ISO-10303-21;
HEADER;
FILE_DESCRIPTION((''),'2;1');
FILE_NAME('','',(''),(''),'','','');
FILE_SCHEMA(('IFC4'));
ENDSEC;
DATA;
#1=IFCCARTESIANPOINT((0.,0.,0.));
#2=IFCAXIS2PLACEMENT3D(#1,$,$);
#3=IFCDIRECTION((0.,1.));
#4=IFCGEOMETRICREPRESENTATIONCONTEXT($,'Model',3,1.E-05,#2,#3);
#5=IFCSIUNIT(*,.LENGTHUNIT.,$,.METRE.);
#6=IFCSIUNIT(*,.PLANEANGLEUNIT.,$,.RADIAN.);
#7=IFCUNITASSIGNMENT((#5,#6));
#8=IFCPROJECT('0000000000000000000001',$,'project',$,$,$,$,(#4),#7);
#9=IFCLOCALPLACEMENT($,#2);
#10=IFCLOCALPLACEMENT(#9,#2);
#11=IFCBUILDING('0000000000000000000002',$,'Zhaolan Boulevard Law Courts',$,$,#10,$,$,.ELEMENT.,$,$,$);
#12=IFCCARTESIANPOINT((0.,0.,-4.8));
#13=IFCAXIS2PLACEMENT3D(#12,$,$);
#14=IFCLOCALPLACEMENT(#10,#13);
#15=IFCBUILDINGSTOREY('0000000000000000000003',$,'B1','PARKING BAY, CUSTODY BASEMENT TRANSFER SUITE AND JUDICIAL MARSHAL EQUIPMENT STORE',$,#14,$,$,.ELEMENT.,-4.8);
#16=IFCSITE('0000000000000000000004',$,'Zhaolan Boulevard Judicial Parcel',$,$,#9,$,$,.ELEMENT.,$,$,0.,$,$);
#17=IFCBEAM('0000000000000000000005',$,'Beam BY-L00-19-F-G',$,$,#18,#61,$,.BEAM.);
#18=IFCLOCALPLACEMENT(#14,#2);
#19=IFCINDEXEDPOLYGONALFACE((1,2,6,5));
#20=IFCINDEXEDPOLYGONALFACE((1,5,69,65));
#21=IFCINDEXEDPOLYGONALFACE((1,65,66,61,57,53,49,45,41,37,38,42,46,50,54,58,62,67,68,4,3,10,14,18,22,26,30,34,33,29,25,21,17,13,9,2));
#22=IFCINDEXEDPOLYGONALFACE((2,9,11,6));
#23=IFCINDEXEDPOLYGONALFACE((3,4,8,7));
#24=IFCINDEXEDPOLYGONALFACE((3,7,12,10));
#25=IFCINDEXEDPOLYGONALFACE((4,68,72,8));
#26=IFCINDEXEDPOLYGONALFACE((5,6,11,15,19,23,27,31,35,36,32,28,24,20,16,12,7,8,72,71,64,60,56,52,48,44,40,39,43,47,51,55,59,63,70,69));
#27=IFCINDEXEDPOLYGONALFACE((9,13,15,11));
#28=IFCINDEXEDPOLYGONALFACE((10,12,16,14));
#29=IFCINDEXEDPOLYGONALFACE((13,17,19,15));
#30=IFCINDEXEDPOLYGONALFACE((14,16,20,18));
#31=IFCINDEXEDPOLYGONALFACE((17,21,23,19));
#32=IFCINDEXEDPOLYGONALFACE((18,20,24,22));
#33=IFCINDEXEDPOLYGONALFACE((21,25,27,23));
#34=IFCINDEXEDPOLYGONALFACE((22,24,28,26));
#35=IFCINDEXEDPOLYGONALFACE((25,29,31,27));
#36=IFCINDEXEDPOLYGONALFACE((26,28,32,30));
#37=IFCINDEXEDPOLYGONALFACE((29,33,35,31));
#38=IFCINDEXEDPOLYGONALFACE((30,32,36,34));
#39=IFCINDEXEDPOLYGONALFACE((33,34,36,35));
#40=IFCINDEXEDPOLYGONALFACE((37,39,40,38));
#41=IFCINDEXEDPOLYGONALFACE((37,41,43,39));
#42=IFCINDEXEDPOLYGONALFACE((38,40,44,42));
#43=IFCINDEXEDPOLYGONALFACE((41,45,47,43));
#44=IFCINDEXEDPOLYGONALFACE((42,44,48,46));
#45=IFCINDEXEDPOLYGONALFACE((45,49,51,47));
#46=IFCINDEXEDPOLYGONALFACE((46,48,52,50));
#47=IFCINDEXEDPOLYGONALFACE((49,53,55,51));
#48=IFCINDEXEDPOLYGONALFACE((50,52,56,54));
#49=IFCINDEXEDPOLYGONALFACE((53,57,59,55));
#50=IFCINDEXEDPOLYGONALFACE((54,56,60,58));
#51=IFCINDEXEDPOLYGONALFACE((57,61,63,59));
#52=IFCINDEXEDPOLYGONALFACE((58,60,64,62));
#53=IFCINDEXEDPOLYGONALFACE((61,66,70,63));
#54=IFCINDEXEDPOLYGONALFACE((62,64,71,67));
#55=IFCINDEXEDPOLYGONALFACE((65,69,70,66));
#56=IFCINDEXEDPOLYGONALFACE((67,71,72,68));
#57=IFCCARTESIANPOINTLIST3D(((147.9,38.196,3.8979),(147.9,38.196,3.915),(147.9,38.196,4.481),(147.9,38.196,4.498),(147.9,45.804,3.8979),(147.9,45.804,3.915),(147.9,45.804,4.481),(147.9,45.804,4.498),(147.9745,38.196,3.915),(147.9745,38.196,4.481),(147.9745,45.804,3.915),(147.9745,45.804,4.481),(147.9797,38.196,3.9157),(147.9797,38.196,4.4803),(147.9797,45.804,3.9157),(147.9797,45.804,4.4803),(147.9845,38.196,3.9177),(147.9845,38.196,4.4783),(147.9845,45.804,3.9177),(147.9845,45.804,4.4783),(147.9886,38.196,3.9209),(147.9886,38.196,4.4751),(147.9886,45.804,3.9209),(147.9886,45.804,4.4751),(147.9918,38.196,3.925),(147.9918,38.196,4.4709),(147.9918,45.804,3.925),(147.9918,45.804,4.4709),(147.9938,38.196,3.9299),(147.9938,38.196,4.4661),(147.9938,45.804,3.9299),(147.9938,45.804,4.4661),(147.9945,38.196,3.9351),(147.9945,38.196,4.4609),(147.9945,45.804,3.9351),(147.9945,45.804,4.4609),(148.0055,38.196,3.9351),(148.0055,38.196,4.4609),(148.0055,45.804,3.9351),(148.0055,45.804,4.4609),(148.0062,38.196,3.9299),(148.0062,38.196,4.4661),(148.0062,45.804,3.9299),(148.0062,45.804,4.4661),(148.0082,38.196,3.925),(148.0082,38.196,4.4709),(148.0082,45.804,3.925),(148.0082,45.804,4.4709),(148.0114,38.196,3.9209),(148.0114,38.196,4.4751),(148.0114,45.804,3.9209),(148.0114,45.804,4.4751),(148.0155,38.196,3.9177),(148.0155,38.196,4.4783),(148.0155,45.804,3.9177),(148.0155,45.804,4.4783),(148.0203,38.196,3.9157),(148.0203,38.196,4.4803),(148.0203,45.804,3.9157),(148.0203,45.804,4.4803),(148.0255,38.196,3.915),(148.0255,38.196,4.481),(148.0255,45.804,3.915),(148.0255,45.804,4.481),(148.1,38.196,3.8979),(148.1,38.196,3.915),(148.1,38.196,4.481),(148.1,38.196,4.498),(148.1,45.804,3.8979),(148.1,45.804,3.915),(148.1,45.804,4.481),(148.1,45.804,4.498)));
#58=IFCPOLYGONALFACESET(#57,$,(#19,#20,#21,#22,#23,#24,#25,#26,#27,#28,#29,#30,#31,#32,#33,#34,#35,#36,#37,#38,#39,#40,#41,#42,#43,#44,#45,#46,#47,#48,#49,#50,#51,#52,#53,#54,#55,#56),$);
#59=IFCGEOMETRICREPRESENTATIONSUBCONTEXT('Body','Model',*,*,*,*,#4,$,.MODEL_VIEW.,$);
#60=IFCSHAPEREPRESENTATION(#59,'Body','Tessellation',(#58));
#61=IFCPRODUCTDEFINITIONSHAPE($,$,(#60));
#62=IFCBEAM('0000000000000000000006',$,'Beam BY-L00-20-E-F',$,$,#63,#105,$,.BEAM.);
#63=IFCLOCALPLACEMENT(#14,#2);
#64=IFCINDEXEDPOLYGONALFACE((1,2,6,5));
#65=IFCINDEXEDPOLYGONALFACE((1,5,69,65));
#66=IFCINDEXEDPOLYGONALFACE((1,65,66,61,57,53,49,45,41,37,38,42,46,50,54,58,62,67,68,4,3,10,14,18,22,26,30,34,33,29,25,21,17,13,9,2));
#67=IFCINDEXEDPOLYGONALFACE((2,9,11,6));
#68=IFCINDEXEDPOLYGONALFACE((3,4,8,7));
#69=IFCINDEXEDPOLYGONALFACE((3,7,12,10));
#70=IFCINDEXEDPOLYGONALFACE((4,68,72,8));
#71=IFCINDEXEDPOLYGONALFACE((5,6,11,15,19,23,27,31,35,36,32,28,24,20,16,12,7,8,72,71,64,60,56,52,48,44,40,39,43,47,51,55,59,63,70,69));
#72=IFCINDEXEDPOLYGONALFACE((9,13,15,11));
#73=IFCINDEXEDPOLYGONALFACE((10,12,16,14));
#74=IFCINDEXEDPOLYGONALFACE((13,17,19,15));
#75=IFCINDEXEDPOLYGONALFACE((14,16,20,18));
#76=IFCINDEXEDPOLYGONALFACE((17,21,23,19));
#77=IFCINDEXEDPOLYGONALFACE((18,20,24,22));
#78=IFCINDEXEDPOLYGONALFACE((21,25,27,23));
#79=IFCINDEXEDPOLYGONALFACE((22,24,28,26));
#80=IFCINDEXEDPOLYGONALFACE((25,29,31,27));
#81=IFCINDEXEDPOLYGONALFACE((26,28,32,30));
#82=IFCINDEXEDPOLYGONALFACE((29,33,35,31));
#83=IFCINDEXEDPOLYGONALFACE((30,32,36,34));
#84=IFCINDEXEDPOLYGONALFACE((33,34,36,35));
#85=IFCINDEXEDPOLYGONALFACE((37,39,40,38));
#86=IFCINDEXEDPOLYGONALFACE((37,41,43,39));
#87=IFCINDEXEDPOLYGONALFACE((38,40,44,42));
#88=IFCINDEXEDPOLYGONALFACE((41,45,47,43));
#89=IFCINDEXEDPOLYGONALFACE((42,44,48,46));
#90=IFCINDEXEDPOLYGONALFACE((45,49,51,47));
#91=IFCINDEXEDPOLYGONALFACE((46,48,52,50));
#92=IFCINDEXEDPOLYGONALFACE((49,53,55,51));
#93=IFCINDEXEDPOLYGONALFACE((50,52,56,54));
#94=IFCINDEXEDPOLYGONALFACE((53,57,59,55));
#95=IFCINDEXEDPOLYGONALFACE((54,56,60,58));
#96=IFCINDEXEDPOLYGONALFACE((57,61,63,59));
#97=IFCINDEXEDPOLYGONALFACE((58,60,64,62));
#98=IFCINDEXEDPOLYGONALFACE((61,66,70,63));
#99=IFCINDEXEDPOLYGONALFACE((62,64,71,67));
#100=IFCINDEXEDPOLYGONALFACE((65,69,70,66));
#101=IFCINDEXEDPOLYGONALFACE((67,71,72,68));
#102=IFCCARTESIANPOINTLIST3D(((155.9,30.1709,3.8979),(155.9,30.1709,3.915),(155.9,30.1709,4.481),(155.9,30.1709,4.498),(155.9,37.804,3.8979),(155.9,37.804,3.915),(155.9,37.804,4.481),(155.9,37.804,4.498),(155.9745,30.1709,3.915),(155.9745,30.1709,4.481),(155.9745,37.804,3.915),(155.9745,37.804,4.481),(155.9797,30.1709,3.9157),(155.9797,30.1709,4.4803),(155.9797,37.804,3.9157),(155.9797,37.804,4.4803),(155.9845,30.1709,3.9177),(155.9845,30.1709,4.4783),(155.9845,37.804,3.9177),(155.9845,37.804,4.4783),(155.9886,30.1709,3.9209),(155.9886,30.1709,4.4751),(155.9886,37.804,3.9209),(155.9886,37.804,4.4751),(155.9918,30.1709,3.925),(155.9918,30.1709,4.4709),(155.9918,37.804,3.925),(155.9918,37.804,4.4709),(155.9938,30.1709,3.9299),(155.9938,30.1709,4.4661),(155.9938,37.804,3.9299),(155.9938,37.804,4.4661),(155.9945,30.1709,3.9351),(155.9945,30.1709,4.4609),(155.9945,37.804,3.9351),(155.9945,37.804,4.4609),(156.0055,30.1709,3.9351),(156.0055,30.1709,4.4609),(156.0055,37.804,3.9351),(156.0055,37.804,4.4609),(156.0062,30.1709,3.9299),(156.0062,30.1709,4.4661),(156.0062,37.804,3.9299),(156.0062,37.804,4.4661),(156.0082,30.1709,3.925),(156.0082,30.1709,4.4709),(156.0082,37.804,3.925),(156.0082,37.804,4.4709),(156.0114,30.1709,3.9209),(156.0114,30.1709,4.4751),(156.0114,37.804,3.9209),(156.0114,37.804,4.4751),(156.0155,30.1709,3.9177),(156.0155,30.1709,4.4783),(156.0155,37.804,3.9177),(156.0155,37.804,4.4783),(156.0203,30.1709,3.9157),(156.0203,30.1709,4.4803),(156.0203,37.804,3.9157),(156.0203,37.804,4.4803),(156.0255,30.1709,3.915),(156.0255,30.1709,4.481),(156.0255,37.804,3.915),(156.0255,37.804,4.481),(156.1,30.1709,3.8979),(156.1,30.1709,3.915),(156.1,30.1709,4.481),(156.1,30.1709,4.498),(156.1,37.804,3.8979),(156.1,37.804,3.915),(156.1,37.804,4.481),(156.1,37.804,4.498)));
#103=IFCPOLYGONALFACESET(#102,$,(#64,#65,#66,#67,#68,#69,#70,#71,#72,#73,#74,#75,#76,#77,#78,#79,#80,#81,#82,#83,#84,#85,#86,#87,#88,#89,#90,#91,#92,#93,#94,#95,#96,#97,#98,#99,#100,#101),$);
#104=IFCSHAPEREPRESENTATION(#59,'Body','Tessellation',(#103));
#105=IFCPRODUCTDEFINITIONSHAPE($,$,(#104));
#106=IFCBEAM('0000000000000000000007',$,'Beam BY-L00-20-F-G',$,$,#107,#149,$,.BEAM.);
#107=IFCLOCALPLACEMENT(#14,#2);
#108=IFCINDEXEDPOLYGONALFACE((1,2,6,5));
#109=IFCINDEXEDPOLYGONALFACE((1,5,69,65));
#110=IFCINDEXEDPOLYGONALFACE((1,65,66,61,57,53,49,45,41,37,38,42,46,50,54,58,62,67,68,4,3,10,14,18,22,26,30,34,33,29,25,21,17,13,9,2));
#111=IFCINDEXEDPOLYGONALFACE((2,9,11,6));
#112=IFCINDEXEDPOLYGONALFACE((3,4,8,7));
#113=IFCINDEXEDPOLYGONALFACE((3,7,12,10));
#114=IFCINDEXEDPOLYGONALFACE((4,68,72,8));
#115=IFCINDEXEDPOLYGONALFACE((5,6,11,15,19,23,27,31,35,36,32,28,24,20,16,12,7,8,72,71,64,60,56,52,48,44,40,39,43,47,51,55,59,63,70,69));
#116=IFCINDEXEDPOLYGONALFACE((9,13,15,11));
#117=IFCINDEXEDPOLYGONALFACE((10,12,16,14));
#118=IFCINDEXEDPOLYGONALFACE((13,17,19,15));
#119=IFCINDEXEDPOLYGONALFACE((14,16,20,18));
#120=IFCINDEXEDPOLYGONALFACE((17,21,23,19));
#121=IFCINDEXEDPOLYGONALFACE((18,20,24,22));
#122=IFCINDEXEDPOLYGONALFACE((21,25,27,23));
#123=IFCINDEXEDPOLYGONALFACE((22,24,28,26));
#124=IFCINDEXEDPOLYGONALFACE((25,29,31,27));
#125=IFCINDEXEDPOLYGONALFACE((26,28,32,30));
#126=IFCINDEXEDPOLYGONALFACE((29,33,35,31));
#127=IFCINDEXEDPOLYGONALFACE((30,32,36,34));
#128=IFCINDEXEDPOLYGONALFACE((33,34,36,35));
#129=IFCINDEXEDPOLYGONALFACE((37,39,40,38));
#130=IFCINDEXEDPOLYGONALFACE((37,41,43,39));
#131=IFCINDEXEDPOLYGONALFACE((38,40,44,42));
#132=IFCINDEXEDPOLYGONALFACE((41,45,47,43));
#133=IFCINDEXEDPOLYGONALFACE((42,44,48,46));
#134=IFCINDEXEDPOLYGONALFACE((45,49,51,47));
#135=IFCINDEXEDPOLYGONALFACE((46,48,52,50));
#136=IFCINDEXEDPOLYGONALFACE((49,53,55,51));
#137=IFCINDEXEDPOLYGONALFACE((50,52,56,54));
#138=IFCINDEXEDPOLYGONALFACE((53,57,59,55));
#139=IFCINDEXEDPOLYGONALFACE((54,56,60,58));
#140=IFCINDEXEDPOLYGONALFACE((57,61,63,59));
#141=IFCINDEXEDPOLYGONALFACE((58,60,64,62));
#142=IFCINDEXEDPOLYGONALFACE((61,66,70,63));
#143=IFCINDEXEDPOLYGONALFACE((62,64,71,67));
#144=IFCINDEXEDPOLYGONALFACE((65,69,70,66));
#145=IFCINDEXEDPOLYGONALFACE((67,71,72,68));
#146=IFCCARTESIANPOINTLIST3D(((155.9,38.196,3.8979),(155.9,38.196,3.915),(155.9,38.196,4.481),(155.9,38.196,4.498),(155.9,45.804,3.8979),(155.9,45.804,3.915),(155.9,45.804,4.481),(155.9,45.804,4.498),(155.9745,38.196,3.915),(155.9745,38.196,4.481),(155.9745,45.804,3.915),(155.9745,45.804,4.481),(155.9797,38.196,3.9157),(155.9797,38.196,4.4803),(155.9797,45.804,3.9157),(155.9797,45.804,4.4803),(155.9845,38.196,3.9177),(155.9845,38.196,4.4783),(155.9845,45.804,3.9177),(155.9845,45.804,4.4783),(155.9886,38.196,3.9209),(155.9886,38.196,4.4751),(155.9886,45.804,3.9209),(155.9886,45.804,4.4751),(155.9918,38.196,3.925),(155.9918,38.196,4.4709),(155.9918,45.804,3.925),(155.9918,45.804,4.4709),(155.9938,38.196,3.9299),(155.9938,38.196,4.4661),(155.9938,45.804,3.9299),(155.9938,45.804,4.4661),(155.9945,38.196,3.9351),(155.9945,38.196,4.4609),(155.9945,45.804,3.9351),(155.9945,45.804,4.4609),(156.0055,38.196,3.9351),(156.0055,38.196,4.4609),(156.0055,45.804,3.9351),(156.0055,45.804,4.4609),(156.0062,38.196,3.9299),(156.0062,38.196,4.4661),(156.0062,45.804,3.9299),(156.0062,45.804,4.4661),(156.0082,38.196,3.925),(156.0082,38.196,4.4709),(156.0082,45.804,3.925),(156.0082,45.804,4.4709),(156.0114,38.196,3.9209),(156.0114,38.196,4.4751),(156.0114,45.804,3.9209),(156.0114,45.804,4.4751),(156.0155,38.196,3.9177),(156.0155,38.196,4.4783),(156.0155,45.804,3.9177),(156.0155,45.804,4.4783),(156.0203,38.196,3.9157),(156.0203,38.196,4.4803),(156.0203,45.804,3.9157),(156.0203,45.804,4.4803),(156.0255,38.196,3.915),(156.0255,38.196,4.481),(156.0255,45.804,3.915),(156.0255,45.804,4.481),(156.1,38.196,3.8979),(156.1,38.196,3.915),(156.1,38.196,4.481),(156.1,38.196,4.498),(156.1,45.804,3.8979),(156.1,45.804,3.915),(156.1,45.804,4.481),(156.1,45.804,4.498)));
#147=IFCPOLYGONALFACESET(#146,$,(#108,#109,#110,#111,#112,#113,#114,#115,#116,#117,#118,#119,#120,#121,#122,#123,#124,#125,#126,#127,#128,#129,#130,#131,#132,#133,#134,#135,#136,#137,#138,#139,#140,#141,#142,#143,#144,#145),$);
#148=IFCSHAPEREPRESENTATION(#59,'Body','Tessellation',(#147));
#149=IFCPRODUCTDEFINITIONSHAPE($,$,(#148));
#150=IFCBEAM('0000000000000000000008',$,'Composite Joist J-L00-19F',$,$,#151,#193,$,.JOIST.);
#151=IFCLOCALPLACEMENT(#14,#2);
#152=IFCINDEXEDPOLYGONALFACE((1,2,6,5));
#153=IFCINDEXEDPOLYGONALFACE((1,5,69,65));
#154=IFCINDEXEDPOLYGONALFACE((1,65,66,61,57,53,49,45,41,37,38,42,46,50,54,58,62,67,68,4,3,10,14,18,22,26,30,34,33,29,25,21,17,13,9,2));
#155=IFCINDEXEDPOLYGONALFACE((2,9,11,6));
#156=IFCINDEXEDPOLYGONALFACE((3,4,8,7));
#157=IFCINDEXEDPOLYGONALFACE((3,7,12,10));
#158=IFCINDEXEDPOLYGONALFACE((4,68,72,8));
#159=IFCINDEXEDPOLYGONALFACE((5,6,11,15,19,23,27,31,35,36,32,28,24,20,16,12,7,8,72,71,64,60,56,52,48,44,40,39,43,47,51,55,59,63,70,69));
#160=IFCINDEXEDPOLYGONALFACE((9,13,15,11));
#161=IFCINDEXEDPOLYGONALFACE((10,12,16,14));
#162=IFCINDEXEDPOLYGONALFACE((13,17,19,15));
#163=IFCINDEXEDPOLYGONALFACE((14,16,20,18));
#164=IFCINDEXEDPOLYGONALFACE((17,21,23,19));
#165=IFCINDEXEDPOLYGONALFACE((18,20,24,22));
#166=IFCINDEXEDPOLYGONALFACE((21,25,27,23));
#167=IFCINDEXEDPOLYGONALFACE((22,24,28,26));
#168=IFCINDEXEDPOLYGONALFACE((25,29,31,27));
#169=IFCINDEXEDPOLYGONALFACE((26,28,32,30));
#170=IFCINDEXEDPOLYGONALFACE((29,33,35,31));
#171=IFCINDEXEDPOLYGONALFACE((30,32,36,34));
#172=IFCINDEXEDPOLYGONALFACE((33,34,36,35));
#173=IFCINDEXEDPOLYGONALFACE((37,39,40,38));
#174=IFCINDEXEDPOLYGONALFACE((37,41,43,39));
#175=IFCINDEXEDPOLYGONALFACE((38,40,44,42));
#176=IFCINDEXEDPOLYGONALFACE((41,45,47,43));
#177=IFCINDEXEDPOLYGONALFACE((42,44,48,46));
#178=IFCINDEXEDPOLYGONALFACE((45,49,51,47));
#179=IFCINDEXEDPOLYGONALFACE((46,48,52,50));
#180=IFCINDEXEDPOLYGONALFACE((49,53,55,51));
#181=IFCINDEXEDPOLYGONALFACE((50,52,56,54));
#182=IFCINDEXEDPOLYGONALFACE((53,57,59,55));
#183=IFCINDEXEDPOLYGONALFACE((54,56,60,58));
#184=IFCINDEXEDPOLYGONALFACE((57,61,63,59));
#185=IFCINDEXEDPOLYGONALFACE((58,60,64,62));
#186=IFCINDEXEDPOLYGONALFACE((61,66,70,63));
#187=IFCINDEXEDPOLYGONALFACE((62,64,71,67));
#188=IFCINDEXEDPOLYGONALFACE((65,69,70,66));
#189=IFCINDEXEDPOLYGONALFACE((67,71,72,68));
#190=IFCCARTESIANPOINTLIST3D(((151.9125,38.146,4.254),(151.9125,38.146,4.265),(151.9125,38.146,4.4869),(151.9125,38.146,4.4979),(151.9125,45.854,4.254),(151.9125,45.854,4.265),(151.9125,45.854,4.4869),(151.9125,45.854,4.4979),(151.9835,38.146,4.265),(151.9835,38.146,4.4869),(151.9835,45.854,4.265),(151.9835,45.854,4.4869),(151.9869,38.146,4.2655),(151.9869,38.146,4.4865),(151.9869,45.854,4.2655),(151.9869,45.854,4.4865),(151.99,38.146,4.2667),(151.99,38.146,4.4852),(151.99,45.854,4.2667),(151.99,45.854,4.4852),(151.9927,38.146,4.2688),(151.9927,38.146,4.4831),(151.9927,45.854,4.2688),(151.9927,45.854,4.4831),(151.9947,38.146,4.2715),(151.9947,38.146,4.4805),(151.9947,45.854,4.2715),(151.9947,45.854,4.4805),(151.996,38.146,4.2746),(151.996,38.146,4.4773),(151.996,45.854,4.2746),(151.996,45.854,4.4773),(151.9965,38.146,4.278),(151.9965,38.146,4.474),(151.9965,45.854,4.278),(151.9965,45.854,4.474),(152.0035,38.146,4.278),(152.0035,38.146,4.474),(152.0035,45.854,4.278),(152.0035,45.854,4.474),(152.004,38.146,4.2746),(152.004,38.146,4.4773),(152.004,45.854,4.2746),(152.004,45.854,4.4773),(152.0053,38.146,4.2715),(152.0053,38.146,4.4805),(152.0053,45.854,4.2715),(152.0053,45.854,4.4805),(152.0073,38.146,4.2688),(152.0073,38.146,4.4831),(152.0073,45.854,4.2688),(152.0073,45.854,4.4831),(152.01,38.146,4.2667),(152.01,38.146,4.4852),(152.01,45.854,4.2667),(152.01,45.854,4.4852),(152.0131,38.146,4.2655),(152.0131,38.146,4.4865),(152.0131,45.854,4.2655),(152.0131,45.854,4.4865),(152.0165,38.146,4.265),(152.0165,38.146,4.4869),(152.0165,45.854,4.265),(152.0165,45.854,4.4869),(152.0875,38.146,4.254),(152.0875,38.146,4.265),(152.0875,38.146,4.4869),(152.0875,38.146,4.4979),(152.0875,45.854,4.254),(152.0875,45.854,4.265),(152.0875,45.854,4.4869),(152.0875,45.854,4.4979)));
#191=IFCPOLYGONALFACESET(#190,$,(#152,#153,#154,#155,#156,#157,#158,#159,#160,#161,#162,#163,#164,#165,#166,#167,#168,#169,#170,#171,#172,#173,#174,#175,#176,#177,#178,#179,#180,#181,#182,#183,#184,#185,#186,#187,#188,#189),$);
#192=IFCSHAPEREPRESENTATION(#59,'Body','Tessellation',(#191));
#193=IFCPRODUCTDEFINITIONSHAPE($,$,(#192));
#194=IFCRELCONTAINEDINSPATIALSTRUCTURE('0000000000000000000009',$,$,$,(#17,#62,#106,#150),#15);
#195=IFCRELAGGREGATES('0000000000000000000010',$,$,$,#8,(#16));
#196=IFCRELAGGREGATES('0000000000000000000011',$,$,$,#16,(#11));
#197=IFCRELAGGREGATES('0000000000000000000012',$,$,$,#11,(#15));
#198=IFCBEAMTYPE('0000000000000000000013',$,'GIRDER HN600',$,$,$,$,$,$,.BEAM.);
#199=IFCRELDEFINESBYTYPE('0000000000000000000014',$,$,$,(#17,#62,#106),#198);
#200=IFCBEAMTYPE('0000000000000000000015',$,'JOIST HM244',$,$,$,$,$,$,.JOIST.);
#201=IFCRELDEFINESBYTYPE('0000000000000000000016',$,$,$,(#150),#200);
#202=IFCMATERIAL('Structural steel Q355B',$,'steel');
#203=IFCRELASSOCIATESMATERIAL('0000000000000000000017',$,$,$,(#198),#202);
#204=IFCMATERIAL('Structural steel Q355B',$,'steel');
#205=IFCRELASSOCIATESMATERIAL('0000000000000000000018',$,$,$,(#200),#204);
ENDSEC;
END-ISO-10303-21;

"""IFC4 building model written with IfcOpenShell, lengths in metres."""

from ifc_helpers import new_model, si_unit, direction, frame, origin, origin_2d, place, context, subcontext, project, spatial, i_section, extrude, material, material_profile, profile_set, type_object, element, save


model = new_model("IFC4")

# Units and contexts
model_context = context("Model", 3, precision=1e-05, world=origin(), true_north=direction((0.0, 1.0)))
body_context = subcontext(model_context, "Body", "Model", "MODEL_VIEW")
ifc_project = project(units=[si_unit("LENGTHUNIT", "METRE"), si_unit("PLANEANGLEUNIT", "RADIAN")], contexts=[model_context])

# Site, building, storey
site_placement = place(None, origin())
site = spatial("IfcSite", under=ifc_project, at=site_placement, Name="Zhaolan Boulevard Judicial Parcel", CompositionType="ELEMENT", RefElevation=0.0)
building_placement = place(site_placement, origin())
building = spatial("IfcBuilding", under=site, at=building_placement, Name="Zhaolan Boulevard Law Courts", CompositionType="ELEMENT")
storey_placement = place(building_placement, frame((0.0, 0.0, -4.8)))
storey = spatial("IfcBuildingStorey", under=building, at=storey_placement, Name="B1", Description="PARKING BAY, CUSTODY BASEMENT TRANSFER SUITE AND JUDICIAL MARSHAL EQUIPMENT STORE", CompositionType="ELEMENT", Elevation=-4.8)

# Beams
ifc_material_1 = material(Name="Structural steel Q355B", Category="steel")
ifc_material_profile_1 = material_profile(ifc_material_1, i_section(OverallWidth=0.2, OverallDepth=0.6001, WebThickness=0.011, FlangeThickness=0.0171, FilletRadius=0.02, at=origin_2d()), Name="HN600x200")
ifc_profile_set_1 = profile_set([ifc_material_profile_1], Name="Structural steel Q355B")
beam_type_1 = type_object("IfcBeamType", Name="GIRDER HN600", PredefinedType="BEAM", material=ifc_profile_set_1)
beam_1_placement = place(storey_placement, frame((148.0, 38.196, 4.198), z_axis=(0.0, 1.0, 0.0), x_axis=(-1.0, 0.0, 0.0)))
element("IfcBeam", 1, at=beam_1_placement, inside=storey, type_object=beam_type_1, Name="Beam BY-L00-19-F-G", PredefinedType="BEAM", context=body_context, shape_type="SweptSolid", body=[
    extrude(i_section(OverallWidth=0.2, OverallDepth=0.6001, WebThickness=0.011, FlangeThickness=0.0171, FilletRadius=0.02, at=origin_2d()), origin(), (0.0, 0.0, 1.0), 7.6079),
])
beam_2_placement = place(storey_placement, frame((156.0, 30.1709, 4.198), z_axis=(0.0, 1.0, 0.0), x_axis=(-1.0, 0.0, 0.0)))
element("IfcBeam", 2, at=beam_2_placement, inside=storey, type_object=beam_type_1, Name="Beam BY-L00-20-E-F", PredefinedType="BEAM", context=body_context, shape_type="SweptSolid", body=[
    extrude(i_section(OverallWidth=0.2, OverallDepth=0.6001, WebThickness=0.011, FlangeThickness=0.0171, FilletRadius=0.02, at=origin_2d()), origin(), (0.0, 0.0, 1.0), 7.6331),
])
beam_3_placement = place(storey_placement, frame((156.0, 38.196, 4.198), z_axis=(0.0, 1.0, 0.0), x_axis=(-1.0, 0.0, 0.0)))
element("IfcBeam", 3, at=beam_3_placement, inside=storey, type_object=beam_type_1, Name="Beam BY-L00-20-F-G", PredefinedType="BEAM", context=body_context, shape_type="SweptSolid", body=[
    extrude(i_section(OverallWidth=0.2, OverallDepth=0.6001, WebThickness=0.011, FlangeThickness=0.0171, FilletRadius=0.02, at=origin_2d()), origin(), (0.0, 0.0, 1.0), 7.6079),
])
ifc_material_2 = material(Name="Structural steel Q355B", Category="steel")
ifc_material_profile_2 = material_profile(ifc_material_2, i_section(OverallWidth=0.175, OverallDepth=0.2439, WebThickness=0.0071, FlangeThickness=0.011, FilletRadius=0.0129, at=origin_2d()), Name="HM244x175")
ifc_profile_set_2 = profile_set([ifc_material_profile_2], Name="Structural steel Q355B")
beam_type_2 = type_object("IfcBeamType", Name="JOIST HM244", PredefinedType="JOIST", material=ifc_profile_set_2)
beam_4_placement = place(storey_placement, frame((152.0, 38.146, 4.376), z_axis=(0.0, 1.0, 0.0), x_axis=(-1.0, 0.0, 0.0)))
element("IfcBeam", 4, at=beam_4_placement, inside=storey, type_object=beam_type_2, Name="Composite Joist J-L00-19F", PredefinedType="JOIST", context=body_context, shape_type="SweptSolid", body=[
    extrude(i_section(OverallWidth=0.175, OverallDepth=0.2439, WebThickness=0.0071, FlangeThickness=0.011, FilletRadius=0.0129, at=origin_2d()), origin(), (0.0, 0.0, 1.0), 7.708),
])

save(model, "model.ifc")
